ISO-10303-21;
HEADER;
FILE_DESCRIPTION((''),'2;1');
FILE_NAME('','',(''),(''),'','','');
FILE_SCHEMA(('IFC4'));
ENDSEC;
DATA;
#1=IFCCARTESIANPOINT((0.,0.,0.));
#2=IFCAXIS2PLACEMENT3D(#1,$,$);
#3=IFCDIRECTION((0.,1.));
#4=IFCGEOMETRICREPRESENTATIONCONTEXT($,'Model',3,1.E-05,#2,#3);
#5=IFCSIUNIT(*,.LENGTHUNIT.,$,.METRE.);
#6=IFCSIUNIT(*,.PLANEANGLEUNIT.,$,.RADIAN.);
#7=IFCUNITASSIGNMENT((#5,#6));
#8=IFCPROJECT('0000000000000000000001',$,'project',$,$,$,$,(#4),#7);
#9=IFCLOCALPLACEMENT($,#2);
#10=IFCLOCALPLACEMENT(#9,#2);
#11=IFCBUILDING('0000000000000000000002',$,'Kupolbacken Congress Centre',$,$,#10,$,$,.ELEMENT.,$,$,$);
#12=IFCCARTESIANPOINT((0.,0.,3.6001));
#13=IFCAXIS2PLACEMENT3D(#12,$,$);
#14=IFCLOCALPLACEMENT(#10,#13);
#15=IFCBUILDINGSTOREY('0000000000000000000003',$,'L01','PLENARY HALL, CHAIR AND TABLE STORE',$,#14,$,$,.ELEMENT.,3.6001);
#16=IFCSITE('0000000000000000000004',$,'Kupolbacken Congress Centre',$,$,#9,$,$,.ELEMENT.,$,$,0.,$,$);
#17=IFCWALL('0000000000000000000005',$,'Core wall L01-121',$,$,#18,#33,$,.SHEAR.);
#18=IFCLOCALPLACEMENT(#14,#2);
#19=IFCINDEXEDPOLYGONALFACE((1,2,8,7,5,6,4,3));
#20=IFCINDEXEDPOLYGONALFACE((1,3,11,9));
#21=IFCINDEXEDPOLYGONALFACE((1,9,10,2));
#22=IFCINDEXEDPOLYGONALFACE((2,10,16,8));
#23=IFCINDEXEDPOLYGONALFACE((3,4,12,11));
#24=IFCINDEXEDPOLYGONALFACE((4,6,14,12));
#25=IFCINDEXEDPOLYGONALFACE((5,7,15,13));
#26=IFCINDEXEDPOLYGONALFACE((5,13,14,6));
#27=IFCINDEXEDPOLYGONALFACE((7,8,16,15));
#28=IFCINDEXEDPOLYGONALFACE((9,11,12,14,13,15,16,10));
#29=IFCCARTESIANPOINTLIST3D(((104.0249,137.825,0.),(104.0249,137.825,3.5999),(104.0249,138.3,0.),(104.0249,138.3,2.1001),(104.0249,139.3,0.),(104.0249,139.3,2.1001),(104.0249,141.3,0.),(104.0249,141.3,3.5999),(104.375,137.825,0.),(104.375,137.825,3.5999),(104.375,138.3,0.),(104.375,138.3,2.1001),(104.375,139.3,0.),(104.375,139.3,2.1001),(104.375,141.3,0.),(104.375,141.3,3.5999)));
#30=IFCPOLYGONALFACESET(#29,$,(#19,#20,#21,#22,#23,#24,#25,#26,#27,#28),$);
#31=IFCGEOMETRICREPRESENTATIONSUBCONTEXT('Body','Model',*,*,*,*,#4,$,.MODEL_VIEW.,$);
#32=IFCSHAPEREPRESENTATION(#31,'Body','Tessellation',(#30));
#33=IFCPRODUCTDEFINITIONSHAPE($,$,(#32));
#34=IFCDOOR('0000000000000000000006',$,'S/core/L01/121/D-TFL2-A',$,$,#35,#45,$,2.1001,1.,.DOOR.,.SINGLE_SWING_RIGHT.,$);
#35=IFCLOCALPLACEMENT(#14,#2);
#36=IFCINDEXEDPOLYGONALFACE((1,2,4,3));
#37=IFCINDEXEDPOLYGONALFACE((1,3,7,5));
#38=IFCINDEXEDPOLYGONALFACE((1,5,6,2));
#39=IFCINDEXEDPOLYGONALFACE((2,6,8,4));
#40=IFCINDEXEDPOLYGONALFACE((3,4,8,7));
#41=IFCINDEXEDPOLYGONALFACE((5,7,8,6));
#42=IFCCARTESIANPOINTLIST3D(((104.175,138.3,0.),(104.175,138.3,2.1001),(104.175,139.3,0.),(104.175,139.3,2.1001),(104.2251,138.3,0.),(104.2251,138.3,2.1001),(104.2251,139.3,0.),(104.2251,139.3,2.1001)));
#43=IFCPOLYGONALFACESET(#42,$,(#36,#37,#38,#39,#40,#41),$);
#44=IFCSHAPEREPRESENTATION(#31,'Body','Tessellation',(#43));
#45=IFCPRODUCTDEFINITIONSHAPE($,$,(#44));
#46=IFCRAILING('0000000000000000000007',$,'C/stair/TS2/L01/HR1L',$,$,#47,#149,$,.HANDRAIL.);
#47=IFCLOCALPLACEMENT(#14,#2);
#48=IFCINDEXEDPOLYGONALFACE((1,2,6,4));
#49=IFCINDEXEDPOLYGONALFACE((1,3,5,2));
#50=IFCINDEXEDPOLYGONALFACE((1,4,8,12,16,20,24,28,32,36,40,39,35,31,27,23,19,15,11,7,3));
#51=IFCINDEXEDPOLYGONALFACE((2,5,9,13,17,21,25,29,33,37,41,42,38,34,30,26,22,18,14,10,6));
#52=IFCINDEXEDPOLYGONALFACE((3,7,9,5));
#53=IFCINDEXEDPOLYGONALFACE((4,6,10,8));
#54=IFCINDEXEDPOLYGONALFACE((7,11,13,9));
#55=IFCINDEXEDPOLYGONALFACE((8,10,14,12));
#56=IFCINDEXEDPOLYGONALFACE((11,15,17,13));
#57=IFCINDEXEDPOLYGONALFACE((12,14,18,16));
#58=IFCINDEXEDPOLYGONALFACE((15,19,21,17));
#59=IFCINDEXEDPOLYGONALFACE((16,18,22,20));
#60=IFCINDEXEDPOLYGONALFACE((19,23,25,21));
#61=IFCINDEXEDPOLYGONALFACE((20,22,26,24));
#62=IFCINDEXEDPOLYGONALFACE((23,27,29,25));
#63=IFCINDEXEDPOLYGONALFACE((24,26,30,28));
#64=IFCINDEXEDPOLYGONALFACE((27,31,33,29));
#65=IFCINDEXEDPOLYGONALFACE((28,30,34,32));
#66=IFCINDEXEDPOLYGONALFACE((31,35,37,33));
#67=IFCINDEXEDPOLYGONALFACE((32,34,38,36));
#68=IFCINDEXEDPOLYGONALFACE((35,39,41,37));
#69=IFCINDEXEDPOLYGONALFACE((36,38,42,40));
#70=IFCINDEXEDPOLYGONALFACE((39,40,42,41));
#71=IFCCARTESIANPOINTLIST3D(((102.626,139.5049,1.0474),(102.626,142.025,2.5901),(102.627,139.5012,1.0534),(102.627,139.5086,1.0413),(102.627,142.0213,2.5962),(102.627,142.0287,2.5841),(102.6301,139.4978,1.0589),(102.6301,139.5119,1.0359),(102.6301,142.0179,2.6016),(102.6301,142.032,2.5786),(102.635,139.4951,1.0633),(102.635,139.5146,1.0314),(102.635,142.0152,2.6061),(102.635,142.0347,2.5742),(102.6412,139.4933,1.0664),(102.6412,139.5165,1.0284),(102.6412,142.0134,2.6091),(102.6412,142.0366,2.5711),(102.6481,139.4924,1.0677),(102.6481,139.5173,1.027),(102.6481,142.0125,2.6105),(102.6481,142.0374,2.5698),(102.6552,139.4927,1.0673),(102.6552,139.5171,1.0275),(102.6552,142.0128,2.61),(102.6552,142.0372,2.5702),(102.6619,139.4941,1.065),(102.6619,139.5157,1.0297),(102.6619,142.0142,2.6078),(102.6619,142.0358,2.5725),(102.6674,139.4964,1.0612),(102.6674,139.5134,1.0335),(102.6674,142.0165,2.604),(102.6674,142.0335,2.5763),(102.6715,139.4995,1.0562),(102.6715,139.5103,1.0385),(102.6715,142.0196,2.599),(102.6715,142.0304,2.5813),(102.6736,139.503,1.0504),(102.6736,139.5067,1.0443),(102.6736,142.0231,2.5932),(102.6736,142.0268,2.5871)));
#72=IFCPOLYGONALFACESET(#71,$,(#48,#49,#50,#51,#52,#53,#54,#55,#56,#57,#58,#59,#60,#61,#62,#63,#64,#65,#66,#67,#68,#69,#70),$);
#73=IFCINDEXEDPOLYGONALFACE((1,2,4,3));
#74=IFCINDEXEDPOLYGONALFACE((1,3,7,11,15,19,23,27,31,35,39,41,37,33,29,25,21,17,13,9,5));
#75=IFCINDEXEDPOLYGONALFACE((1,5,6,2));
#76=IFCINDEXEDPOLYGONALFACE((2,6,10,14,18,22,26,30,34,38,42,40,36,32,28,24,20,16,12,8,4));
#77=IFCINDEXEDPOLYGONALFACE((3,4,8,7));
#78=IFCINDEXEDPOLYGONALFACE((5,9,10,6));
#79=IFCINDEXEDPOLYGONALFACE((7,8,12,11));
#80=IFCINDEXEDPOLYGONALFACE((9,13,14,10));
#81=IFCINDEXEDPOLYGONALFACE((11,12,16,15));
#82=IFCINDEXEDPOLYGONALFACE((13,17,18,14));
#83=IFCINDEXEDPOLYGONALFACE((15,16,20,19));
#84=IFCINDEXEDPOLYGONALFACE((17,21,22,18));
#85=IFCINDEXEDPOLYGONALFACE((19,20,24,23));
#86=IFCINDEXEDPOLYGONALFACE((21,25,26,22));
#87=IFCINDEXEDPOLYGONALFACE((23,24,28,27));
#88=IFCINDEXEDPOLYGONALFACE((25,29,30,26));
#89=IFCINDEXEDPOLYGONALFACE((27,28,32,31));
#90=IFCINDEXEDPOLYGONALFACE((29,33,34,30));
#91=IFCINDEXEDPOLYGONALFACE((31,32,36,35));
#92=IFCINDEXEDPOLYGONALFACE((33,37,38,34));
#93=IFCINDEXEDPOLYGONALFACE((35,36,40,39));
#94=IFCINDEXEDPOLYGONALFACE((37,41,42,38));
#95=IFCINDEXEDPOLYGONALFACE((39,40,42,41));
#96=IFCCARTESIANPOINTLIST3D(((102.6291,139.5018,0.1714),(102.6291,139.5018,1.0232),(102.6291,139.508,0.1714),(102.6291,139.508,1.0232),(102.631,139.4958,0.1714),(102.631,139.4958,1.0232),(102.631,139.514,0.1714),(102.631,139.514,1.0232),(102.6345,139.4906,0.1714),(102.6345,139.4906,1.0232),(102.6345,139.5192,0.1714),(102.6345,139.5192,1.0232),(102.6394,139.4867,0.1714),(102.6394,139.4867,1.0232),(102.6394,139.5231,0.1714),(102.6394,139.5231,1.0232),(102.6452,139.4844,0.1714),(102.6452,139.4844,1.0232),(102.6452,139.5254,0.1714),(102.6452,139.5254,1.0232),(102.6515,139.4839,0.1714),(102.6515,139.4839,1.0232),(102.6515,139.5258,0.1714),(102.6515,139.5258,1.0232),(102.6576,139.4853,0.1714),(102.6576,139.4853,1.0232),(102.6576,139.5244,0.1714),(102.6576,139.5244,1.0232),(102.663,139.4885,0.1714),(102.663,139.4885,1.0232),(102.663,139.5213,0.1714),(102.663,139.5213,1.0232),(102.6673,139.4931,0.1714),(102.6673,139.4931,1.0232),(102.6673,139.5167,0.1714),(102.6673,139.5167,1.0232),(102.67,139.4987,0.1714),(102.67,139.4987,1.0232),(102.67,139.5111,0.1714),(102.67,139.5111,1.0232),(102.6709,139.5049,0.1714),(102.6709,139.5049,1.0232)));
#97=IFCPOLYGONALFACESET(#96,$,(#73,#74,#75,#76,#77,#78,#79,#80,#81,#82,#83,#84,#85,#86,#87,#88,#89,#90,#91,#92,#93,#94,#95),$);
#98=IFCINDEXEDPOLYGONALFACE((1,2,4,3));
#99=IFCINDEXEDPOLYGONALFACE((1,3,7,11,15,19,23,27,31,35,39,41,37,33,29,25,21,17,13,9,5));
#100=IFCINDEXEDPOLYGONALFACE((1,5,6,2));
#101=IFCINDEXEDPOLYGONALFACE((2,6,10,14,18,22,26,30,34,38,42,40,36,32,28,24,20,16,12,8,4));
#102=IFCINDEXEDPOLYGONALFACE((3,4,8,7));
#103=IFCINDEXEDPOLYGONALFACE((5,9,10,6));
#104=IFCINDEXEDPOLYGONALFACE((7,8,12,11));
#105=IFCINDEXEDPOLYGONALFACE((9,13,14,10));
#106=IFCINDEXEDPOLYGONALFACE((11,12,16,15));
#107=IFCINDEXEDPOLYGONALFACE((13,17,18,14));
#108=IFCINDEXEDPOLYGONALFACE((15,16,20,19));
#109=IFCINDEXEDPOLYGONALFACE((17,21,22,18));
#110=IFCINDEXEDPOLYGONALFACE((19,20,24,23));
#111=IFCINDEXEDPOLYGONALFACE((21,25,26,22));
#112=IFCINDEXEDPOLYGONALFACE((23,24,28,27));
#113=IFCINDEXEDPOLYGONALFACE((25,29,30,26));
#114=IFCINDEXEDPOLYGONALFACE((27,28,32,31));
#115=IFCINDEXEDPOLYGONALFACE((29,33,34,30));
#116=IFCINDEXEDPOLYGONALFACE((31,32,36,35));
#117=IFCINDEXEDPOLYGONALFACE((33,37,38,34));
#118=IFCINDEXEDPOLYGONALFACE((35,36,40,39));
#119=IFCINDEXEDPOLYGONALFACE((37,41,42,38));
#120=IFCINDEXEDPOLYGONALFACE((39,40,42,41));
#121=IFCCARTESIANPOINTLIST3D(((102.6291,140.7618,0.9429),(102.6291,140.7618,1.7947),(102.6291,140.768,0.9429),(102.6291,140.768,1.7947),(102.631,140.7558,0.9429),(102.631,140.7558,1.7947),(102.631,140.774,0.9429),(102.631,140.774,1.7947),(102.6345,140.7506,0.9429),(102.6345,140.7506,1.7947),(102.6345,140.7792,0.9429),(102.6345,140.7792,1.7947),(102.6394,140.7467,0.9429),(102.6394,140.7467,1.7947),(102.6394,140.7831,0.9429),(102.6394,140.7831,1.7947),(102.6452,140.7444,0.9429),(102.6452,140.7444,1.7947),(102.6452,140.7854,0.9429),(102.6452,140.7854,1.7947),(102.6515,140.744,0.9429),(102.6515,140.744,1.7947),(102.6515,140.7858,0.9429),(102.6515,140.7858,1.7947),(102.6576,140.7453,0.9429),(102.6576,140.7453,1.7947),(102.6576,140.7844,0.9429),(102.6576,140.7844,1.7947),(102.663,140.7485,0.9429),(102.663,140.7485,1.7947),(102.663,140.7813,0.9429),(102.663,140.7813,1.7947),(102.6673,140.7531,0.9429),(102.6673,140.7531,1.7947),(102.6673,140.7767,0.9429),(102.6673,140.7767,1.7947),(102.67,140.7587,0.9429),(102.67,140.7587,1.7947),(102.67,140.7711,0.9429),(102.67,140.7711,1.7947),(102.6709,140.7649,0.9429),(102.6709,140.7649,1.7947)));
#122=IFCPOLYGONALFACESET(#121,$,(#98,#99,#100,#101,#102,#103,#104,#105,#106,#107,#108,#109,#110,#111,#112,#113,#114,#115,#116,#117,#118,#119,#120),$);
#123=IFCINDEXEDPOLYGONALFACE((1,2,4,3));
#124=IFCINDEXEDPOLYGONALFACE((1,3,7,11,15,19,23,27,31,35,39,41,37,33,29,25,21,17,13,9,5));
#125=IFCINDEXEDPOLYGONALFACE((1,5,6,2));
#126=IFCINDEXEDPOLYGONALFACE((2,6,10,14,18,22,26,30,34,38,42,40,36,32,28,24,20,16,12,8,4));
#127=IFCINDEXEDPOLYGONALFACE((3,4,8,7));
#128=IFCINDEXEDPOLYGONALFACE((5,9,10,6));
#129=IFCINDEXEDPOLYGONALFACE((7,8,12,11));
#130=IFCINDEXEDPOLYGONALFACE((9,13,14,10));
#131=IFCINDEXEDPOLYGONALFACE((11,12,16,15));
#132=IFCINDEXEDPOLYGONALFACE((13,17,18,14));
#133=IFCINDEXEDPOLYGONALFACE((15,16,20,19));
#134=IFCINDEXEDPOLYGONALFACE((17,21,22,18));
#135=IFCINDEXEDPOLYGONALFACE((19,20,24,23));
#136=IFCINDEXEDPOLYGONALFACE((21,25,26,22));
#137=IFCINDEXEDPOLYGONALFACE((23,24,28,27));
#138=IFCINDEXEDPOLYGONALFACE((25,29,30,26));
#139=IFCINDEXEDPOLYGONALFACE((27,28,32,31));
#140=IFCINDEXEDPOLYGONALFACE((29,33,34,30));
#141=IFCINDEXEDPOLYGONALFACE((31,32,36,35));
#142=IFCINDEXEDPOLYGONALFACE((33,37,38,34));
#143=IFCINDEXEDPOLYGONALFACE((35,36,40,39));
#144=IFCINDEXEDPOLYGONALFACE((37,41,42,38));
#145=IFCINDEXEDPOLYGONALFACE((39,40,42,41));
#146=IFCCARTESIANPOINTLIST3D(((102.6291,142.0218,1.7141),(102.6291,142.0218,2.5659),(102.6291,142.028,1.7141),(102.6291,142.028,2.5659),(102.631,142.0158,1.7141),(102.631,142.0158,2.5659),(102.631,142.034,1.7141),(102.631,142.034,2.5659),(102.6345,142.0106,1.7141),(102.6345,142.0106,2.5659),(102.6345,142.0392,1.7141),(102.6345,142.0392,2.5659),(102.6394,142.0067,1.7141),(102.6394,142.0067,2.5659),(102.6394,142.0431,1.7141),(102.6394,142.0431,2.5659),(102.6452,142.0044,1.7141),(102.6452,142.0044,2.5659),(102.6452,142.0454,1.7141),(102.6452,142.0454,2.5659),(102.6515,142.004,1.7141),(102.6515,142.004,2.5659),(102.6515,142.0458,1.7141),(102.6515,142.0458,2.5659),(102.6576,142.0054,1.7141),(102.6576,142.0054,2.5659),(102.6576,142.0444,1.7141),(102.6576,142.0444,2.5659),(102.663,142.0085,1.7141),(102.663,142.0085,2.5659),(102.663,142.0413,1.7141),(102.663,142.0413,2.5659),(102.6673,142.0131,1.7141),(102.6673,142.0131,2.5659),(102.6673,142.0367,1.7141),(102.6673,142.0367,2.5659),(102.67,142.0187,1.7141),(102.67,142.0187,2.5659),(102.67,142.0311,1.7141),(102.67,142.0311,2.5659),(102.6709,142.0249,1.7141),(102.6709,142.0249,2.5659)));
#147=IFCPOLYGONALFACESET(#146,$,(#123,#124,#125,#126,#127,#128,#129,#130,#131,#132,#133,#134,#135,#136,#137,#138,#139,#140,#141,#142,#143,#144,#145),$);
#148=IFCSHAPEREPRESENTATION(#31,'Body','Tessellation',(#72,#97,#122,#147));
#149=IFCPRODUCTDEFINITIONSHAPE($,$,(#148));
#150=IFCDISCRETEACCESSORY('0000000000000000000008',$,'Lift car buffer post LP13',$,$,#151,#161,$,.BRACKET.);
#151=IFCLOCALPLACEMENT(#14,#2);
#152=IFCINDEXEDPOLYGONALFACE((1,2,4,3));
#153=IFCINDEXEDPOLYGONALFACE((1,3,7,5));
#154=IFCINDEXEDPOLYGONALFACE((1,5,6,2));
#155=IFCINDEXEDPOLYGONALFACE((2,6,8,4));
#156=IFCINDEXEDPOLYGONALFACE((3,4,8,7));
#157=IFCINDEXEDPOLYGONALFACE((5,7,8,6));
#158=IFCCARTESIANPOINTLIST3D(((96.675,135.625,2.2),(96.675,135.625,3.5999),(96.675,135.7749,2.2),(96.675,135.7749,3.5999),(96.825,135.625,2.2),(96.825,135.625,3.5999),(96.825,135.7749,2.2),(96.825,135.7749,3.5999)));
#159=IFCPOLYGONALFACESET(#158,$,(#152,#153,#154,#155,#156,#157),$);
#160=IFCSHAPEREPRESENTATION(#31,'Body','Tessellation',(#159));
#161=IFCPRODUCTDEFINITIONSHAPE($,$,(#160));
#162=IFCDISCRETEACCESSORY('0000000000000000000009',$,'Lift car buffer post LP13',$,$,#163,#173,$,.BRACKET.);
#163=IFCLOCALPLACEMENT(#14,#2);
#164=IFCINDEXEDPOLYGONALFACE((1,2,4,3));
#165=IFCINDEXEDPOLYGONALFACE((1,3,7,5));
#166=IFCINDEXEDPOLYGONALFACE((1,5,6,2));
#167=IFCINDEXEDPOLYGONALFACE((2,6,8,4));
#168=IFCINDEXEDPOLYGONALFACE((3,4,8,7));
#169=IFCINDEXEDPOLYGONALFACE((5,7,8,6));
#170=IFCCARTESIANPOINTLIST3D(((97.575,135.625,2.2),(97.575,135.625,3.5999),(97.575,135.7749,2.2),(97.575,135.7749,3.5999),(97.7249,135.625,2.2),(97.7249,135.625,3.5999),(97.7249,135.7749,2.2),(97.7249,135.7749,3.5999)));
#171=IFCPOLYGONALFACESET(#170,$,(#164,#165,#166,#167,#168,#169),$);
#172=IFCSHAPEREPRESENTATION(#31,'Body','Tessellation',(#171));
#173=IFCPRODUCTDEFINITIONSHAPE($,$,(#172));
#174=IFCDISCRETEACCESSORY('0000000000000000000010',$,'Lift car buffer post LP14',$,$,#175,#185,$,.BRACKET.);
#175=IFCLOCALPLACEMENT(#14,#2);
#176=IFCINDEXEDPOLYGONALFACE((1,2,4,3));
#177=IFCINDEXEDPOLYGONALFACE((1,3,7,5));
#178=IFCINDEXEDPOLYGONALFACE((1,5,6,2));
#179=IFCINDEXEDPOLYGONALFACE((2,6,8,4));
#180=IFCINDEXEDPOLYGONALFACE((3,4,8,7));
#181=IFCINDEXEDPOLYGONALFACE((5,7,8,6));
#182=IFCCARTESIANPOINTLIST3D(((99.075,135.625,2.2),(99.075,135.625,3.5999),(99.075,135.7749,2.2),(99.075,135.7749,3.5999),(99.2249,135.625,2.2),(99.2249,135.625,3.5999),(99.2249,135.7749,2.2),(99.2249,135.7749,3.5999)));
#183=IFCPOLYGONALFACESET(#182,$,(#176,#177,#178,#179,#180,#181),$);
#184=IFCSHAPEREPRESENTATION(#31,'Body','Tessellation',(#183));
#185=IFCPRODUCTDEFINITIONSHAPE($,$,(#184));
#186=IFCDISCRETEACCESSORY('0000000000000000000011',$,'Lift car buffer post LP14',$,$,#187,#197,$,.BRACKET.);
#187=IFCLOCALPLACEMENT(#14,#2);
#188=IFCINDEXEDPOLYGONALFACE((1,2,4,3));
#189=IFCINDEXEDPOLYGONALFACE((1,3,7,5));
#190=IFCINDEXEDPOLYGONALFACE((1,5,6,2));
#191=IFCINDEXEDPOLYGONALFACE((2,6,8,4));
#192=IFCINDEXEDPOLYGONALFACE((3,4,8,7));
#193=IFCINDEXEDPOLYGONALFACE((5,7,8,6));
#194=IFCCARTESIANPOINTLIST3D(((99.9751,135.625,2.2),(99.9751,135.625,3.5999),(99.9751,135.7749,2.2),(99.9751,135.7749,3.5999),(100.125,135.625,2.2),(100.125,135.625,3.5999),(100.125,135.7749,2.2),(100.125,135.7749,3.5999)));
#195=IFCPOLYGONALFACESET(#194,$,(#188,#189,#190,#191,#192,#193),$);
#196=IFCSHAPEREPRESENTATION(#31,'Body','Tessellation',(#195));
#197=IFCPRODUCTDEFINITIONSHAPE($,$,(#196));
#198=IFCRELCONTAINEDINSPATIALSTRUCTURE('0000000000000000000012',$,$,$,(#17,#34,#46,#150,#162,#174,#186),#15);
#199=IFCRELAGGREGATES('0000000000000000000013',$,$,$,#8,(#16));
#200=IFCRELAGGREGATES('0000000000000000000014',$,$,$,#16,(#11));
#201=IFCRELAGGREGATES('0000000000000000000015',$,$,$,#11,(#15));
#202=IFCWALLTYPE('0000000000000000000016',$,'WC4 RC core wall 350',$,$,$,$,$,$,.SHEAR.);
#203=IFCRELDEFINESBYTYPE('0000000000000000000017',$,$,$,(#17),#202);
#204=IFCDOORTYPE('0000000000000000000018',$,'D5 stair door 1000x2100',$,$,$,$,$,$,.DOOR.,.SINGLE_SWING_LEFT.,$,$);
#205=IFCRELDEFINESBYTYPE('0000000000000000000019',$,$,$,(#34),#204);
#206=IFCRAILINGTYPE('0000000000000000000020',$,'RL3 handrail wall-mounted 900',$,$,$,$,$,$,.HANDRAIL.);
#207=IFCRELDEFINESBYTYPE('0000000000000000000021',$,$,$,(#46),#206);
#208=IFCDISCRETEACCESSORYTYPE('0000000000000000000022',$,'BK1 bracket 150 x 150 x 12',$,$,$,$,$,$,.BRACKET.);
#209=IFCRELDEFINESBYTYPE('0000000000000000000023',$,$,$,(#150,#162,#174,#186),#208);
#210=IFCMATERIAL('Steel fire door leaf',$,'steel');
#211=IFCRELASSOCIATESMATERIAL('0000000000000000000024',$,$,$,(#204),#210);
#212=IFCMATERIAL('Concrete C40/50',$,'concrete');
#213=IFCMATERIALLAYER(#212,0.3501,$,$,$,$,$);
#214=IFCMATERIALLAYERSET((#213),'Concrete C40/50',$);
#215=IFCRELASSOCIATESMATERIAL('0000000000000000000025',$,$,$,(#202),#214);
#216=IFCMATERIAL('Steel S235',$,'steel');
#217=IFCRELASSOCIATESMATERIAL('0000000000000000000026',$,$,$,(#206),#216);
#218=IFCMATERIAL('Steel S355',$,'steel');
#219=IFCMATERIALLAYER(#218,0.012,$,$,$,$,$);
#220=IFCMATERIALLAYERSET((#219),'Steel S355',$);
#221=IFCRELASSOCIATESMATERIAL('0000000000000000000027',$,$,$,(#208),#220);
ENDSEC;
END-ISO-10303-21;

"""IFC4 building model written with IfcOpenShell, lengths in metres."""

from ifc_helpers import new_model, si_unit, direction, frame, frame_2d, origin, origin_2d, place, context, subcontext, project, spatial, rectangle, circle, extrude, material, layer, layer_set, type_object, element, fill, save


model = new_model("IFC4")

# Units and contexts
model_context = context("Model", 3, precision=1e-05, world=origin(), true_north=direction((0.0, 1.0)))
body_context = subcontext(model_context, "Body", "Model", "MODEL_VIEW")
ifc_project = project(units=[si_unit("LENGTHUNIT", "METRE"), si_unit("PLANEANGLEUNIT", "RADIAN")], contexts=[model_context])

# Site, building, storey
site_placement = place(None, origin())
site = spatial("IfcSite", under=ifc_project, at=site_placement, Name="Kupolbacken Congress Centre", CompositionType="ELEMENT", RefElevation=0.0)
building_placement = place(site_placement, origin())
building = spatial("IfcBuilding", under=site, at=building_placement, Name="Kupolbacken Congress Centre", CompositionType="ELEMENT")
storey_placement = place(building_placement, frame((0.0, 0.0, 3.6001)))
storey = spatial("IfcBuildingStorey", under=building, at=storey_placement, Name="L01", Description="PLENARY HALL, CHAIR AND TABLE STORE", CompositionType="ELEMENT", Elevation=3.6001)

# Shared definitions
ifc_material_1 = material(Name="Steel fire door leaf", Category="steel")
door_type = type_object("IfcDoorType", Name="D5 stair door 1000x2100", OperationType="SINGLE_SWING_LEFT", PredefinedType="DOOR", material=ifc_material_1)

# Wall, opening, door
ifc_material_2 = material(Name="Concrete C40/50", Category="concrete")
ifc_layer_1 = layer(ifc_material_2, 0.3501)
ifc_layer_set_1 = layer_set([ifc_layer_1], Name="Concrete C40/50")
wall_type_1 = type_object("IfcWallType", Name="WC4 RC core wall 350", PredefinedType="SHEAR", material=ifc_layer_set_1)
wall_1_placement = place(storey_placement, frame((104.2, 137.825, 0.0), z_axis=(0.0, 0.0, 1.0), x_axis=(0.0, 1.0, 0.0)))
wall_1 = element("IfcWall", 1, at=wall_1_placement, inside=storey, type_object=wall_type_1, Name="Core wall L01-121", PredefinedType="SHEAR", context=body_context, shape_type="SweptSolid", body=[
    extrude(rectangle(XDim=3.4751, YDim=0.3501, at=frame_2d((1.7375, 0.0))), origin(), (0.0, 0.0, 1.0), 3.5999),
])
opening_1_placement = place(wall_1_placement, frame((0.4751, 0.0, 0.0)))
opening_1 = element("IfcOpeningElement", 2, at=opening_1_placement, cuts=wall_1, PredefinedType="OPENING", context=body_context, shape_type="SweptSolid", body=[
    extrude(rectangle(XDim=1.0, YDim=2.1001, at=frame_2d((0.5, 1.05))), frame((0.0, 0.1851, 0.0), z_axis=(0.0, -1.0, 0.0), x_axis=(1.0, 0.0, 0.0)), (0.0, 0.0, 1.0), 0.3701),
])
door_1_placement = place(opening_1_placement, origin())
door_1 = element("IfcDoor", 3, at=door_1_placement, inside=storey, type_object=door_type, Name="S/core/L01/121/D-TFL2-A", OperationType="SINGLE_SWING_RIGHT", OverallHeight=2.1001, OverallWidth=1.0, PredefinedType="DOOR", context=body_context, shape_type="SweptSolid", body=[
    extrude(rectangle(XDim=1.0, YDim=2.1001, at=frame_2d((0.5, 1.05))), frame((0.0, 0.0249, 0.0), z_axis=(0.0, -1.0, 0.0), x_axis=(1.0, 0.0, 0.0)), (0.0, 0.0, 1.0), 0.05),
])
fill(opening_1, door_1)

# Railing
ifc_material_3 = material(Name="Steel S235", Category="steel")
railing_type = type_object("IfcRailingType", Name="RL3 handrail wall-mounted 900", PredefinedType="HANDRAIL", material=ifc_material_3)
railing_placement = place(storey_placement, frame((102.6499, 139.5049, 0.1714)))
element("IfcRailing", 4, at=railing_placement, inside=storey, type_object=railing_type, Name="C/stair/TS2/L01/HR1L", PredefinedType="HANDRAIL", context=body_context, shape_type="SweptSolid", body=[
    extrude(circle(Radius=0.0239, at=origin_2d()), frame((0.0, 0.0, 0.876), z_axis=(0.0, 0.852873, 0.522118), x_axis=(-1.0, 0.0, 0.0)), (0.0, 0.0, 1.0), 2.9548),
    extrude(circle(Radius=0.021, at=origin_2d()), origin(), (0.0, 0.0, 1.0), 0.8518),
    extrude(circle(Radius=0.021, at=origin_2d()), frame((0.0, 1.26, 0.7715)), (0.0, 0.0, 1.0), 0.8518),
    extrude(circle(Radius=0.021, at=origin_2d()), frame((0.0, 2.52, 1.5427)), (0.0, 0.0, 1.0), 0.8518),
])

# Discrete accessories
ifc_material_4 = material(Name="Steel S355", Category="steel")
ifc_layer_2 = layer(ifc_material_4, 0.012)
ifc_layer_set_2 = layer_set([ifc_layer_2], Name="Steel S355")
discrete_accessory_type = type_object("IfcDiscreteAccessoryType", Name="BK1 bracket 150 x 150 x 12", PredefinedType="BRACKET", material=ifc_layer_set_2)
for number, where, z_axis, x_axis, name in (
    (5, (96.75, 135.7, 2.2), (0.0, 0.0, 1.0), (1.0, 0.0, 0.0), "Lift car buffer post LP13"),
    (6, (97.6499, 135.7, 2.2), (0.0, 0.0, 1.0), (1.0, 0.0, 0.0), "Lift car buffer post LP13"),
    (7, (99.1499, 135.7, 2.2), (0.0, 0.0, 1.0), (1.0, 0.0, 0.0), "Lift car buffer post LP14"),
    (8, (100.05, 135.7, 2.2), (0.0, 0.0, 1.0), (1.0, 0.0, 0.0), "Lift car buffer post LP14"),
):
    element("IfcDiscreteAccessory", number, at=place(storey_placement, frame(where, z_axis=z_axis, x_axis=x_axis)), inside=storey, type_object=discrete_accessory_type, Name=name, PredefinedType="BRACKET", context=body_context, shape_type="SweptSolid", body=[
        extrude(rectangle(XDim=0.1499, YDim=0.1499, at=origin_2d()), origin(), (0.0, 0.0, 1.0), 1.3999),
    ])

save(model, "model.ifc")
